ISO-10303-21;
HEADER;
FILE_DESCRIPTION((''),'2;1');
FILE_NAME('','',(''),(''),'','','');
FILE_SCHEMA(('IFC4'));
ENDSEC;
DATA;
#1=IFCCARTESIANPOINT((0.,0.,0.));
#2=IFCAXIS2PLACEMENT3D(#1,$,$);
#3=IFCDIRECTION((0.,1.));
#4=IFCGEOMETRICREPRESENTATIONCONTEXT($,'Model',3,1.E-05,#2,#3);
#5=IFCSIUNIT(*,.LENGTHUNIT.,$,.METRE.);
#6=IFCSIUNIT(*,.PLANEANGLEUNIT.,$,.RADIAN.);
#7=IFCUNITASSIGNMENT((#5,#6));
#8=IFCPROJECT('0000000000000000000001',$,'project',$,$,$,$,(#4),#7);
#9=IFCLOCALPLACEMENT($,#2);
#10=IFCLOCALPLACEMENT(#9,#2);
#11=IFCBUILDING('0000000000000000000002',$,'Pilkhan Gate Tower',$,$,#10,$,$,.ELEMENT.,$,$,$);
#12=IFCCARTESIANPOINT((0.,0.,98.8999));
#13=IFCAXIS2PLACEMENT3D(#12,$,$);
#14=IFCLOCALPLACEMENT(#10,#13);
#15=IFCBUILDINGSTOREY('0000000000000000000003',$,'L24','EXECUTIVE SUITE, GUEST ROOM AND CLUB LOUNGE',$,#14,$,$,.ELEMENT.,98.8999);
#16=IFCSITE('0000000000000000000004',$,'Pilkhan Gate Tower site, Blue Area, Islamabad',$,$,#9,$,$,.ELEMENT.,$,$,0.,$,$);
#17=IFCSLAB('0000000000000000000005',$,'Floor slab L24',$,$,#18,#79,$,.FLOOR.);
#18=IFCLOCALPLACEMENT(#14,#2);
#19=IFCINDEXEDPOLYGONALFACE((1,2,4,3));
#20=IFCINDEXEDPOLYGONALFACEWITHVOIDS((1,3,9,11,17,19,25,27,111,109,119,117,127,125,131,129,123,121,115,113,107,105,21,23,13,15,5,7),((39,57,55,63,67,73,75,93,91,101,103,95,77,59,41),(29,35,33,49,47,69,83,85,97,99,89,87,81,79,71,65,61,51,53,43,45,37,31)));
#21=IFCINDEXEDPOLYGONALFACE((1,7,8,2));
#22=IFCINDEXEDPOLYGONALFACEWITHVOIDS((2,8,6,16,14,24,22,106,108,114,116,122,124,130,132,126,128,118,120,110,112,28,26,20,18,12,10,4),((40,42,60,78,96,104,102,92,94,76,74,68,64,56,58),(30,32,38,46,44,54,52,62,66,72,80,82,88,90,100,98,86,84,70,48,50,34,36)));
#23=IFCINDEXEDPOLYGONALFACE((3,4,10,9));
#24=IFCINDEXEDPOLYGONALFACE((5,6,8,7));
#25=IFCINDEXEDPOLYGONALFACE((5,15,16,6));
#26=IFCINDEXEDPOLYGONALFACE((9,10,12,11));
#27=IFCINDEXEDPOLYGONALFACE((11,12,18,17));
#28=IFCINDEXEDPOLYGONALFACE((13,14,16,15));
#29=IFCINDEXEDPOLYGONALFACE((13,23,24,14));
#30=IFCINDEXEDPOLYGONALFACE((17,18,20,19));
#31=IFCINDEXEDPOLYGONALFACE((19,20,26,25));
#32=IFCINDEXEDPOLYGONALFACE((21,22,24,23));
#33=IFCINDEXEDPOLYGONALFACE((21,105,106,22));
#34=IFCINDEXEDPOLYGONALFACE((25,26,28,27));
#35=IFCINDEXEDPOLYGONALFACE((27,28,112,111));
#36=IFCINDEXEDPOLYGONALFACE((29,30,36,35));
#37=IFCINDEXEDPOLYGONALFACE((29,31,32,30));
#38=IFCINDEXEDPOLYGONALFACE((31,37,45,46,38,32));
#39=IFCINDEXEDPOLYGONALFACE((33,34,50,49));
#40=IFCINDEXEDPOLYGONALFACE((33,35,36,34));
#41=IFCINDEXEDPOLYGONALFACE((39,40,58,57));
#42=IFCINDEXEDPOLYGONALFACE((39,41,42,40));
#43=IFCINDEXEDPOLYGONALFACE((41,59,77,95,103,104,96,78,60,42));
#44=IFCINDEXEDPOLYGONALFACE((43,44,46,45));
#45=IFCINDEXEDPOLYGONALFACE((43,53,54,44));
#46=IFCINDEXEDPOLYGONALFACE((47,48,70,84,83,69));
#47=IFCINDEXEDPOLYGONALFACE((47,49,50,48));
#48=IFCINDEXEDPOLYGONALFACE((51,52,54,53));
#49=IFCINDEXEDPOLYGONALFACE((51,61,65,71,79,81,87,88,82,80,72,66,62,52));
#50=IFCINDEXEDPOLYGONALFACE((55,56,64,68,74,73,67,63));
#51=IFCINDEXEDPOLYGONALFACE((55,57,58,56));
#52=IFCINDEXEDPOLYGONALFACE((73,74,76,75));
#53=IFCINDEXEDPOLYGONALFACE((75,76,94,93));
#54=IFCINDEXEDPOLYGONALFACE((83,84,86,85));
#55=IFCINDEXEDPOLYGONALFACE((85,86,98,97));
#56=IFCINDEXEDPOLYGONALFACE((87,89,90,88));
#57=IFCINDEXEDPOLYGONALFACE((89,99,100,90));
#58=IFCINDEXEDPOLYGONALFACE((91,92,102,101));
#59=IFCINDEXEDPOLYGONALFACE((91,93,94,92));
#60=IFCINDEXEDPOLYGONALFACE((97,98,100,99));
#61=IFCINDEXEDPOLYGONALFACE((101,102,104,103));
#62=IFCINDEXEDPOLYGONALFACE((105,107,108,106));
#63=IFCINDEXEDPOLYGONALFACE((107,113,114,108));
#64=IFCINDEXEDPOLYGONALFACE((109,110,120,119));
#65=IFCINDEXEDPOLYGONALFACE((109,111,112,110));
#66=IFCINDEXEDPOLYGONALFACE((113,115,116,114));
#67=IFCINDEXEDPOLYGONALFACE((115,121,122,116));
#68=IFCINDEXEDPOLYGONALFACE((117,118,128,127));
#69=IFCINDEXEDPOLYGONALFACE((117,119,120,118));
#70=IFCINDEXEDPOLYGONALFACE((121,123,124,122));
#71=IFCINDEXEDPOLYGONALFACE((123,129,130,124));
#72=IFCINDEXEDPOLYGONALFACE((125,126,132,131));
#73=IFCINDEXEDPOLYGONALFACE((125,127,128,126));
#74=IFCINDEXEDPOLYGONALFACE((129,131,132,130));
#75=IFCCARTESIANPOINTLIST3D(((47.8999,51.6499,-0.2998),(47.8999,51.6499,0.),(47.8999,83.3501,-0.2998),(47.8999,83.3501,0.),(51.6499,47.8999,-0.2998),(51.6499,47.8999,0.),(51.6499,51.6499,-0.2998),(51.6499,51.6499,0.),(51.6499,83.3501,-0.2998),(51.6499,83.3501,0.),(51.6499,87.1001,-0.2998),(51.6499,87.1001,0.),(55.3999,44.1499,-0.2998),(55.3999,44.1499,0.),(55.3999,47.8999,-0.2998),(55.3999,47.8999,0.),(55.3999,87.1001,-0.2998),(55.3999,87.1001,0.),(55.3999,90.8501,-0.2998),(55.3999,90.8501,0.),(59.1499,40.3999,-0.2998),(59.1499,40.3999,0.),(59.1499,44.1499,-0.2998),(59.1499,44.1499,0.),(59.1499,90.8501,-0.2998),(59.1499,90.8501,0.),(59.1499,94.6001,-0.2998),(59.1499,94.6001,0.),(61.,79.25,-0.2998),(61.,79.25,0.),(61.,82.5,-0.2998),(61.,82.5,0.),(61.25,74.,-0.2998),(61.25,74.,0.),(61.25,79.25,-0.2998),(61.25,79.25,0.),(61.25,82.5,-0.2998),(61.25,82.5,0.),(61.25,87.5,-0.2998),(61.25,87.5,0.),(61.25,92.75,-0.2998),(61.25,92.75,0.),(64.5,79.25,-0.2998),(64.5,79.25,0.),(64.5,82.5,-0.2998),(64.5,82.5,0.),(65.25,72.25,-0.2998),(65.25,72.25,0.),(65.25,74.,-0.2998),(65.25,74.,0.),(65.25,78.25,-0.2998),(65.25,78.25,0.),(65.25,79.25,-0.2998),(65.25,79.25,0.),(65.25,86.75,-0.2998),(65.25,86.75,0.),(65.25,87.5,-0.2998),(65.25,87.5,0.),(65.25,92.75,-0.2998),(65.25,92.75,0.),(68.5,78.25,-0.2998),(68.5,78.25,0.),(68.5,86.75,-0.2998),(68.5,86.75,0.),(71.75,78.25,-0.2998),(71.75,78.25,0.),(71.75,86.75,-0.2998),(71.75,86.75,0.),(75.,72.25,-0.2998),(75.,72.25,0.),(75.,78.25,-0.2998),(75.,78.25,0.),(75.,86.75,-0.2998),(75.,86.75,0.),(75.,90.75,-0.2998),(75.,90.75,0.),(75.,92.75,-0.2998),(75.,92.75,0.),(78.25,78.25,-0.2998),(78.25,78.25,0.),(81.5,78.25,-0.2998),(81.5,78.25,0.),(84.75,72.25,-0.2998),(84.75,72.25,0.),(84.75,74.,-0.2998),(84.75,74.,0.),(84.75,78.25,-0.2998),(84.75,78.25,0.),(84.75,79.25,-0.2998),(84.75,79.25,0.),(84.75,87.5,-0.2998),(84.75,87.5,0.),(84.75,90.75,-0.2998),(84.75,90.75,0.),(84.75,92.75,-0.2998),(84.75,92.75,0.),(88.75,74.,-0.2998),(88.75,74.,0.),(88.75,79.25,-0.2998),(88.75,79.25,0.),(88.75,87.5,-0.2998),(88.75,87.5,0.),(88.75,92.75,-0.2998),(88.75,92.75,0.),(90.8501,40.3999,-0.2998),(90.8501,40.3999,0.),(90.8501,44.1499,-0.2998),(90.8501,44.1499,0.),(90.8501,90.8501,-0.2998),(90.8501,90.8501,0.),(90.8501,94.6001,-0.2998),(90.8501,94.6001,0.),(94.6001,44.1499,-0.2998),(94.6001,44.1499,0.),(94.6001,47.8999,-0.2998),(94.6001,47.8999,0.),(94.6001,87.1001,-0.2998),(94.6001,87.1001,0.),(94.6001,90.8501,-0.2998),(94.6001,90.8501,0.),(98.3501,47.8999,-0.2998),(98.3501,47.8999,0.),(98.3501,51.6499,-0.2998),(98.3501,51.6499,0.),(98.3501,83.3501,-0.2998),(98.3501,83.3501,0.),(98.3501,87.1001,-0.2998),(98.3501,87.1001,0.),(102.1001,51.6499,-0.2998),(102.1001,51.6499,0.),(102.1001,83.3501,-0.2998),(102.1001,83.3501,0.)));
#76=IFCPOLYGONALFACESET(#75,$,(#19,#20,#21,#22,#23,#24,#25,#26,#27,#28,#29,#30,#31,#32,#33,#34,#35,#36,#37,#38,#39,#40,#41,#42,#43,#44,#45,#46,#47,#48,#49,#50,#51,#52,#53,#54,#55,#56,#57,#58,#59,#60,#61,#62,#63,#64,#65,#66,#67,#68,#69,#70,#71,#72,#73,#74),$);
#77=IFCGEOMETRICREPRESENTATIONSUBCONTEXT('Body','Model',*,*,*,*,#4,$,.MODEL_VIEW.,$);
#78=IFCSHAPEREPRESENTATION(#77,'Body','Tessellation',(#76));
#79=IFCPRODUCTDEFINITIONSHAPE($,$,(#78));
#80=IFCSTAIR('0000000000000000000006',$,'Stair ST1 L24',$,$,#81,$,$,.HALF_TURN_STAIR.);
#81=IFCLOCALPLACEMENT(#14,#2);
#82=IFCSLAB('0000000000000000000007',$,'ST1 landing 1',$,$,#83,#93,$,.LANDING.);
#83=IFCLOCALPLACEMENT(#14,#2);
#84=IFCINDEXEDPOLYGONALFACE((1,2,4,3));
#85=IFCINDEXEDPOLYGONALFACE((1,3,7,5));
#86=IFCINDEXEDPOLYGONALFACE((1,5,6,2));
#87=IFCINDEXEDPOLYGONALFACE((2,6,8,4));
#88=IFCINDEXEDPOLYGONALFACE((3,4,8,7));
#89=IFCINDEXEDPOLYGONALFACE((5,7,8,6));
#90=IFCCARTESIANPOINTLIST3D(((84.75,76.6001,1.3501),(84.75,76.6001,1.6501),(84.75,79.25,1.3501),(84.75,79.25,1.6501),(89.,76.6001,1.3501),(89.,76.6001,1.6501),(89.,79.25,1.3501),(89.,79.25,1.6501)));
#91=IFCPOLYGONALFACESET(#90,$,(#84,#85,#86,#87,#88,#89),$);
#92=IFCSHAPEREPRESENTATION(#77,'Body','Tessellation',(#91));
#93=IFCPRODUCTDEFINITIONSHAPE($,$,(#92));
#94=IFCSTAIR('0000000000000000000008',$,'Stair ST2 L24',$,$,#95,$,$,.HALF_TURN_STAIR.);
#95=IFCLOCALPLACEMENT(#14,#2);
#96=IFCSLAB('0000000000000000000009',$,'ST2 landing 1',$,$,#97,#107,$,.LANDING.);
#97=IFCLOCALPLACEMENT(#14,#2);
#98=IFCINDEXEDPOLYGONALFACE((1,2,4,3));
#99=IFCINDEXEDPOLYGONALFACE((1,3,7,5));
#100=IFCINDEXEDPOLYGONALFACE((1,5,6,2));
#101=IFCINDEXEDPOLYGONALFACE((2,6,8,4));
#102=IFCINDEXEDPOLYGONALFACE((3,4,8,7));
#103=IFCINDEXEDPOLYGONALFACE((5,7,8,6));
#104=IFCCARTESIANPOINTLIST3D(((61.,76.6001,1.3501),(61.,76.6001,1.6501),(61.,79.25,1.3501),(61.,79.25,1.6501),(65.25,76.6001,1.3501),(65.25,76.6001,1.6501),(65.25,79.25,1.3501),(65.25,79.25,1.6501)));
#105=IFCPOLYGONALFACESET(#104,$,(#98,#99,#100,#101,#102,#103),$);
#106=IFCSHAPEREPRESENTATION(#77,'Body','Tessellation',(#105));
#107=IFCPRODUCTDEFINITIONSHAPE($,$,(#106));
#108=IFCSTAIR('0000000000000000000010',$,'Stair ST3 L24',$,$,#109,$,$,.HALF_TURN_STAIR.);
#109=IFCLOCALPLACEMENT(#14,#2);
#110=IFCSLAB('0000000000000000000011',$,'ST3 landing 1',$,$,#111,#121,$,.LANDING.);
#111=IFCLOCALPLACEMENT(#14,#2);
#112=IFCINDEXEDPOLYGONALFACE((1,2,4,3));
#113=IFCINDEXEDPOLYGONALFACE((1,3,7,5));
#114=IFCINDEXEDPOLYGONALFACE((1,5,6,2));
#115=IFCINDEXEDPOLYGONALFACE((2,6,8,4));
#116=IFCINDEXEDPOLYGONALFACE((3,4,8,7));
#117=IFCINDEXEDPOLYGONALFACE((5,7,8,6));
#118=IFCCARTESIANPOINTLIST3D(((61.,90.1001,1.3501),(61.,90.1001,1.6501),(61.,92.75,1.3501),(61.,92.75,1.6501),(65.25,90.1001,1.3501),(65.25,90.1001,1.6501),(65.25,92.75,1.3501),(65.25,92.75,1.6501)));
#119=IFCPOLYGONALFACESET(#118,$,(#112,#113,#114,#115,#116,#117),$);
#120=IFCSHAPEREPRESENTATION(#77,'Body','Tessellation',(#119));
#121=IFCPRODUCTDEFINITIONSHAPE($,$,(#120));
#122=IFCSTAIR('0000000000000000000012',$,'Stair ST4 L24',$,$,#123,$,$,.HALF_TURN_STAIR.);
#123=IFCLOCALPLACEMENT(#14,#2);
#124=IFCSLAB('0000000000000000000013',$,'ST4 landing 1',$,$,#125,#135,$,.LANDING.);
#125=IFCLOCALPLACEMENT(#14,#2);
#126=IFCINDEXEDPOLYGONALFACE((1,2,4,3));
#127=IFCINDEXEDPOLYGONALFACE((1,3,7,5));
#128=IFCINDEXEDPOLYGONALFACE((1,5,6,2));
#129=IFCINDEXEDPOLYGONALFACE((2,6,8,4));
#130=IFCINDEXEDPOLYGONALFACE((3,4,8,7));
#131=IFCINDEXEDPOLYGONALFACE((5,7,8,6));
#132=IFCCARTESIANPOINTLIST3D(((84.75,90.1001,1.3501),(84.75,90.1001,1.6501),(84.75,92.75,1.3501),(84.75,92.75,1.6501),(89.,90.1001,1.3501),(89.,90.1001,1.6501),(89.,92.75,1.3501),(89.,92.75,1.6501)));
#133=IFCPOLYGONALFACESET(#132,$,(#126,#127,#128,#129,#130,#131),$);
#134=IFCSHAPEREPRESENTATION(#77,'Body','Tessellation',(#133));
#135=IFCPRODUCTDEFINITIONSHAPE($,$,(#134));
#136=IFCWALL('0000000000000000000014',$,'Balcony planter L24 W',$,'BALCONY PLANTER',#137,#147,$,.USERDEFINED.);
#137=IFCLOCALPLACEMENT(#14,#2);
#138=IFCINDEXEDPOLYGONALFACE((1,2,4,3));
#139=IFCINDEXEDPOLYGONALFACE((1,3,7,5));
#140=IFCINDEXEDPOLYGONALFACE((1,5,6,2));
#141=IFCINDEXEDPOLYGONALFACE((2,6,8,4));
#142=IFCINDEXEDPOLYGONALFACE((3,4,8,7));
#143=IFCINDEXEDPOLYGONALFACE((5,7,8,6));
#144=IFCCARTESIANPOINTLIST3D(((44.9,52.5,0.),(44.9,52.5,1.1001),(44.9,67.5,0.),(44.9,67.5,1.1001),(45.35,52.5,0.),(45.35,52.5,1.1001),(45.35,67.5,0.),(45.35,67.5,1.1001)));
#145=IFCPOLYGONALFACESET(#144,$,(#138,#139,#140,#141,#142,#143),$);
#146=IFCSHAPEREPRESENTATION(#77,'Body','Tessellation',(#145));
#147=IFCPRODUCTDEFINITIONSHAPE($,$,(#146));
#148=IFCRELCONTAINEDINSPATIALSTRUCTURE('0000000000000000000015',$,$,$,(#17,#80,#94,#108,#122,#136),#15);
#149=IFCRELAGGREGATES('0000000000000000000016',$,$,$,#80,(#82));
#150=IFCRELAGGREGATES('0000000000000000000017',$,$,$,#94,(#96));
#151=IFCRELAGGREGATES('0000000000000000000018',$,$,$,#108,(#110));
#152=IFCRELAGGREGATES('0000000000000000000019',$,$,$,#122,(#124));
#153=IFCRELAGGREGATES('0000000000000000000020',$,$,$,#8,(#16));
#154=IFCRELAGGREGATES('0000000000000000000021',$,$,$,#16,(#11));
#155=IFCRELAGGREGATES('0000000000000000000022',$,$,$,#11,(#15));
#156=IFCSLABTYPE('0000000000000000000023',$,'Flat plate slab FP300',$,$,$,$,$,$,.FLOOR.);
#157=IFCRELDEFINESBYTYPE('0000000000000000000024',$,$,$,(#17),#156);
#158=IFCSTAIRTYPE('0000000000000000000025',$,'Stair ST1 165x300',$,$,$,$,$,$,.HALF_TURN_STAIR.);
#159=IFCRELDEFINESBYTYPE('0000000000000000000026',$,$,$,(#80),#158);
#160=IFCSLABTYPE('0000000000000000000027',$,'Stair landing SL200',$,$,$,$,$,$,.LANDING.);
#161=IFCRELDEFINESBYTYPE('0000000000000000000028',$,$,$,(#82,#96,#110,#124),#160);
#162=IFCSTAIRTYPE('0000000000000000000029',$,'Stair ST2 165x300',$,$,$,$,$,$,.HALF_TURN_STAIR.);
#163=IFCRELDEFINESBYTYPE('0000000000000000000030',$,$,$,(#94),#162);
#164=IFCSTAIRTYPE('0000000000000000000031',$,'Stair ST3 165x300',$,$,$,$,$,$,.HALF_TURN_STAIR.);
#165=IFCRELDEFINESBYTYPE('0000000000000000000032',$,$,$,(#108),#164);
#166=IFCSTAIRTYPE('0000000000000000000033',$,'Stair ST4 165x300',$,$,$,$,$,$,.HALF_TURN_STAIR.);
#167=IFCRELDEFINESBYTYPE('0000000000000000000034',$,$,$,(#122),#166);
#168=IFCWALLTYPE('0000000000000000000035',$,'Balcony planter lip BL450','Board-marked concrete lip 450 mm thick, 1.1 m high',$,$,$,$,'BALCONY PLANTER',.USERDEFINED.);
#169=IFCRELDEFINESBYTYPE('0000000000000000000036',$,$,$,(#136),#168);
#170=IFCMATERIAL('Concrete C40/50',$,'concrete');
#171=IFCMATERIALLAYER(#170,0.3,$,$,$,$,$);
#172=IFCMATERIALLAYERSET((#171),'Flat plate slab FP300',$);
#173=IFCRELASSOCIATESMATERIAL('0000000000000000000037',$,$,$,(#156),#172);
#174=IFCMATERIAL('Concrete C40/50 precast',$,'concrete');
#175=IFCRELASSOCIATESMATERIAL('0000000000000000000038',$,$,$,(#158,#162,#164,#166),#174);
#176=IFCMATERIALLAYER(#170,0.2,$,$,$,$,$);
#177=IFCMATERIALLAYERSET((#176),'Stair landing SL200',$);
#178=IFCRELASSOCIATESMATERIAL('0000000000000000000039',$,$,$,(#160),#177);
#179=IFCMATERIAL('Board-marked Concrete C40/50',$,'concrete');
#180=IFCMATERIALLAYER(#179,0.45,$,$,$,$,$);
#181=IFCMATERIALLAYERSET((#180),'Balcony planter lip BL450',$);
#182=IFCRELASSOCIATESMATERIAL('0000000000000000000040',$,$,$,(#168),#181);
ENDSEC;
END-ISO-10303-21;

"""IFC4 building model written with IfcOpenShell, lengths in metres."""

from ifc_helpers import new_model, si_unit, direction, frame, frame_2d, origin, place, context, subcontext, project, spatial, polyline, rectangle, outline, extrude, material, layer, layer_set, type_object, element, aggregate, save


model = new_model("IFC4")

# Units and contexts
model_context = context("Model", 3, precision=1e-05, world=origin(), true_north=direction((0.0, 1.0)))
body_context = subcontext(model_context, "Body", "Model", "MODEL_VIEW")
ifc_project = project(units=[si_unit("LENGTHUNIT", "METRE"), si_unit("PLANEANGLEUNIT", "RADIAN")], contexts=[model_context])

# Site, building, storey
site_placement = place(None, origin())
site = spatial("IfcSite", under=ifc_project, at=site_placement, Name="Pilkhan Gate Tower site, Blue Area, Islamabad", CompositionType="ELEMENT", RefElevation=0.0)
building_placement = place(site_placement, origin())
building = spatial("IfcBuilding", under=site, at=building_placement, Name="Pilkhan Gate Tower", CompositionType="ELEMENT")
storey_placement = place(building_placement, frame((0.0, 0.0, 98.8999)))
storey = spatial("IfcBuildingStorey", under=building, at=storey_placement, Name="L24", Description="EXECUTIVE SUITE, GUEST ROOM AND CLUB LOUNGE", CompositionType="ELEMENT", Elevation=98.8999)

# Slab
ifc_material_1 = material(Name="Concrete C40/50", Category="concrete")
ifc_layer_1 = layer(ifc_material_1, 0.3)
ifc_layer_set_1 = layer_set([ifc_layer_1], Name="Flat plate slab FP300")
slab_type_1 = type_object("IfcSlabType", Name="Flat plate slab FP300", PredefinedType="FLOOR", material=ifc_layer_set_1)
slab_1_placement = place(storey_placement, frame((0.0, 0.0, -0.2998)))
element("IfcSlab", 1, at=slab_1_placement, inside=storey, type_object=slab_type_1, Name="Floor slab L24", PredefinedType="FLOOR", context=body_context, shape_type="SweptSolid", body=[
    extrude(outline(polyline([(98.3501, 47.8999), (94.6001, 47.8999), (94.6001, 44.1499), (90.8501, 44.1499), (90.8501, 40.3999), (59.1499, 40.3999), (59.1499, 44.1499), (55.3999, 44.1499), (55.3999, 47.8999), (51.6499, 47.8999), (51.6499, 51.6499), (47.8999, 51.6499), (47.8999, 83.3501), (51.6499, 83.3501), (51.6499, 87.1001), (55.3999, 87.1001), (55.3999, 90.8501), (59.1499, 90.8501), (59.1499, 94.6001), (90.8501, 94.6001), (90.8501, 90.8501), (94.6001, 90.8501), (94.6001, 87.1001), (98.3501, 87.1001), (98.3501, 83.3501), (102.1001, 83.3501), (102.1001, 51.6499), (98.3501, 51.6499), (98.3501, 47.8999)]), holes=[polyline([(65.25, 87.5), (65.25, 86.75), (68.5, 86.75), (71.75, 86.75), (75.0, 86.75), (75.0, 90.75), (84.75, 90.75), (84.75, 87.5), (88.75, 87.5), (88.75, 92.75), (84.75, 92.75), (75.0, 92.75), (65.25, 92.75), (61.25, 92.75), (61.25, 87.5), (65.25, 87.5)]), polyline([(75.0, 72.25), (84.75, 72.25), (84.75, 74.0), (88.75, 74.0), (88.75, 79.25), (84.75, 79.25), (84.75, 78.25), (81.5, 78.25), (78.25, 78.25), (75.0, 78.25), (71.75, 78.25), (68.5, 78.25), (65.25, 78.25), (65.25, 79.25), (64.5, 79.25), (64.5, 82.5), (61.25, 82.5), (61.0, 82.5), (61.0, 79.25), (61.25, 79.25), (61.25, 74.0), (65.25, 74.0), (65.25, 72.25), (75.0, 72.25)])]), origin(), (0.0, 0.0, 1.0), 0.2998),
])

# Stairs, slabs
ifc_material_2 = material(Name="Concrete C40/50 precast", Category="concrete")
stair_type_1 = type_object("IfcStairType", Name="Stair ST1 165x300", PredefinedType="HALF_TURN_STAIR", material=ifc_material_2)
stair_1_placement = place(storey_placement, origin())
stair_1 = element("IfcStair", 2, at=stair_1_placement, inside=storey, type_object=stair_type_1, Name="Stair ST1 L24", PredefinedType="HALF_TURN_STAIR")
ifc_layer_2 = layer(ifc_material_1, 0.2)
ifc_layer_set_2 = layer_set([ifc_layer_2], Name="Stair landing SL200")
slab_type_2 = type_object("IfcSlabType", Name="Stair landing SL200", PredefinedType="LANDING", material=ifc_layer_set_2)
slab_2_placement = place(storey_placement, frame((0.0, 0.0, 1.3501)))
slab_2 = element("IfcSlab", 3, at=slab_2_placement, type_object=slab_type_2, Name="ST1 landing 1", PredefinedType="LANDING", context=body_context, shape_type="SweptSolid", body=[
    extrude(outline(polyline([(89.0, 76.6001), (89.0, 79.25), (84.75, 79.25), (84.75, 76.6001), (89.0, 76.6001)])), origin(), (0.0, 0.0, 1.0), 0.3),
])
aggregate(stair_1, [slab_2])
stair_type_2 = type_object("IfcStairType", Name="Stair ST2 165x300", PredefinedType="HALF_TURN_STAIR", material=ifc_material_2)
stair_2_placement = place(storey_placement, origin())
stair_2 = element("IfcStair", 4, at=stair_2_placement, inside=storey, type_object=stair_type_2, Name="Stair ST2 L24", PredefinedType="HALF_TURN_STAIR")
slab_3_placement = place(storey_placement, frame((0.0, 0.0, 1.3501)))
slab_3 = element("IfcSlab", 5, at=slab_3_placement, type_object=slab_type_2, Name="ST2 landing 1", PredefinedType="LANDING", context=body_context, shape_type="SweptSolid", body=[
    extrude(outline(polyline([(65.25, 76.6001), (65.25, 79.25), (61.0, 79.25), (61.0, 76.6001), (65.25, 76.6001)])), origin(), (0.0, 0.0, 1.0), 0.3),
])
aggregate(stair_2, [slab_3])
stair_type_3 = type_object("IfcStairType", Name="Stair ST3 165x300", PredefinedType="HALF_TURN_STAIR", material=ifc_material_2)
stair_3_placement = place(storey_placement, origin())
stair_3 = element("IfcStair", 6, at=stair_3_placement, inside=storey, type_object=stair_type_3, Name="Stair ST3 L24", PredefinedType="HALF_TURN_STAIR")
slab_4_placement = place(storey_placement, frame((0.0, 0.0, 1.3501)))
slab_4 = element("IfcSlab", 7, at=slab_4_placement, type_object=slab_type_2, Name="ST3 landing 1", PredefinedType="LANDING", context=body_context, shape_type="SweptSolid", body=[
    extrude(outline(polyline([(65.25, 90.1001), (65.25, 92.75), (61.0, 92.75), (61.0, 90.1001), (65.25, 90.1001)])), origin(), (0.0, 0.0, 1.0), 0.3),
])
aggregate(stair_3, [slab_4])
stair_type_4 = type_object("IfcStairType", Name="Stair ST4 165x300", PredefinedType="HALF_TURN_STAIR", material=ifc_material_2)
stair_4_placement = place(storey_placement, origin())
stair_4 = element("IfcStair", 8, at=stair_4_placement, inside=storey, type_object=stair_type_4, Name="Stair ST4 L24", PredefinedType="HALF_TURN_STAIR")
slab_5_placement = place(storey_placement, frame((0.0, 0.0, 1.3501)))
slab_5 = element("IfcSlab", 9, at=slab_5_placement, type_object=slab_type_2, Name="ST4 landing 1", PredefinedType="LANDING", context=body_context, shape_type="SweptSolid", body=[
    extrude(outline(polyline([(89.0, 90.1001), (89.0, 92.75), (84.75, 92.75), (84.75, 90.1001), (89.0, 90.1001)])), origin(), (0.0, 0.0, 1.0), 0.3),
])
aggregate(stair_4, [slab_5])

# Wall
ifc_material_3 = material(Name="Board-marked Concrete C40/50", Category="concrete")
ifc_layer_3 = layer(ifc_material_3, 0.45)
ifc_layer_set_3 = layer_set([ifc_layer_3], Name="Balcony planter lip BL450")
wall_type = type_object("IfcWallType", Name="Balcony planter lip BL450", Description="Board-marked concrete lip 450 mm thick, 1.1 m high", ElementType="BALCONY PLANTER", PredefinedType="USERDEFINED", material=ifc_layer_set_3)
wall_placement = place(storey_placement, frame((45.125, 52.5, 0.0), z_axis=(0.0, 0.0, 1.0), x_axis=(0.0, 1.0, 0.0)))
element("IfcWall", 10, at=wall_placement, inside=storey, type_object=wall_type, Name="Balcony planter L24 W", ObjectType="BALCONY PLANTER", PredefinedType="USERDEFINED", context=body_context, shape_type="SweptSolid", body=[
    extrude(rectangle(XDim=15.0, YDim=0.45, at=frame_2d((7.5, 0.0))), origin(), (0.0, 0.0, 1.0), 1.1001),
])

save(model, "model.ifc")
